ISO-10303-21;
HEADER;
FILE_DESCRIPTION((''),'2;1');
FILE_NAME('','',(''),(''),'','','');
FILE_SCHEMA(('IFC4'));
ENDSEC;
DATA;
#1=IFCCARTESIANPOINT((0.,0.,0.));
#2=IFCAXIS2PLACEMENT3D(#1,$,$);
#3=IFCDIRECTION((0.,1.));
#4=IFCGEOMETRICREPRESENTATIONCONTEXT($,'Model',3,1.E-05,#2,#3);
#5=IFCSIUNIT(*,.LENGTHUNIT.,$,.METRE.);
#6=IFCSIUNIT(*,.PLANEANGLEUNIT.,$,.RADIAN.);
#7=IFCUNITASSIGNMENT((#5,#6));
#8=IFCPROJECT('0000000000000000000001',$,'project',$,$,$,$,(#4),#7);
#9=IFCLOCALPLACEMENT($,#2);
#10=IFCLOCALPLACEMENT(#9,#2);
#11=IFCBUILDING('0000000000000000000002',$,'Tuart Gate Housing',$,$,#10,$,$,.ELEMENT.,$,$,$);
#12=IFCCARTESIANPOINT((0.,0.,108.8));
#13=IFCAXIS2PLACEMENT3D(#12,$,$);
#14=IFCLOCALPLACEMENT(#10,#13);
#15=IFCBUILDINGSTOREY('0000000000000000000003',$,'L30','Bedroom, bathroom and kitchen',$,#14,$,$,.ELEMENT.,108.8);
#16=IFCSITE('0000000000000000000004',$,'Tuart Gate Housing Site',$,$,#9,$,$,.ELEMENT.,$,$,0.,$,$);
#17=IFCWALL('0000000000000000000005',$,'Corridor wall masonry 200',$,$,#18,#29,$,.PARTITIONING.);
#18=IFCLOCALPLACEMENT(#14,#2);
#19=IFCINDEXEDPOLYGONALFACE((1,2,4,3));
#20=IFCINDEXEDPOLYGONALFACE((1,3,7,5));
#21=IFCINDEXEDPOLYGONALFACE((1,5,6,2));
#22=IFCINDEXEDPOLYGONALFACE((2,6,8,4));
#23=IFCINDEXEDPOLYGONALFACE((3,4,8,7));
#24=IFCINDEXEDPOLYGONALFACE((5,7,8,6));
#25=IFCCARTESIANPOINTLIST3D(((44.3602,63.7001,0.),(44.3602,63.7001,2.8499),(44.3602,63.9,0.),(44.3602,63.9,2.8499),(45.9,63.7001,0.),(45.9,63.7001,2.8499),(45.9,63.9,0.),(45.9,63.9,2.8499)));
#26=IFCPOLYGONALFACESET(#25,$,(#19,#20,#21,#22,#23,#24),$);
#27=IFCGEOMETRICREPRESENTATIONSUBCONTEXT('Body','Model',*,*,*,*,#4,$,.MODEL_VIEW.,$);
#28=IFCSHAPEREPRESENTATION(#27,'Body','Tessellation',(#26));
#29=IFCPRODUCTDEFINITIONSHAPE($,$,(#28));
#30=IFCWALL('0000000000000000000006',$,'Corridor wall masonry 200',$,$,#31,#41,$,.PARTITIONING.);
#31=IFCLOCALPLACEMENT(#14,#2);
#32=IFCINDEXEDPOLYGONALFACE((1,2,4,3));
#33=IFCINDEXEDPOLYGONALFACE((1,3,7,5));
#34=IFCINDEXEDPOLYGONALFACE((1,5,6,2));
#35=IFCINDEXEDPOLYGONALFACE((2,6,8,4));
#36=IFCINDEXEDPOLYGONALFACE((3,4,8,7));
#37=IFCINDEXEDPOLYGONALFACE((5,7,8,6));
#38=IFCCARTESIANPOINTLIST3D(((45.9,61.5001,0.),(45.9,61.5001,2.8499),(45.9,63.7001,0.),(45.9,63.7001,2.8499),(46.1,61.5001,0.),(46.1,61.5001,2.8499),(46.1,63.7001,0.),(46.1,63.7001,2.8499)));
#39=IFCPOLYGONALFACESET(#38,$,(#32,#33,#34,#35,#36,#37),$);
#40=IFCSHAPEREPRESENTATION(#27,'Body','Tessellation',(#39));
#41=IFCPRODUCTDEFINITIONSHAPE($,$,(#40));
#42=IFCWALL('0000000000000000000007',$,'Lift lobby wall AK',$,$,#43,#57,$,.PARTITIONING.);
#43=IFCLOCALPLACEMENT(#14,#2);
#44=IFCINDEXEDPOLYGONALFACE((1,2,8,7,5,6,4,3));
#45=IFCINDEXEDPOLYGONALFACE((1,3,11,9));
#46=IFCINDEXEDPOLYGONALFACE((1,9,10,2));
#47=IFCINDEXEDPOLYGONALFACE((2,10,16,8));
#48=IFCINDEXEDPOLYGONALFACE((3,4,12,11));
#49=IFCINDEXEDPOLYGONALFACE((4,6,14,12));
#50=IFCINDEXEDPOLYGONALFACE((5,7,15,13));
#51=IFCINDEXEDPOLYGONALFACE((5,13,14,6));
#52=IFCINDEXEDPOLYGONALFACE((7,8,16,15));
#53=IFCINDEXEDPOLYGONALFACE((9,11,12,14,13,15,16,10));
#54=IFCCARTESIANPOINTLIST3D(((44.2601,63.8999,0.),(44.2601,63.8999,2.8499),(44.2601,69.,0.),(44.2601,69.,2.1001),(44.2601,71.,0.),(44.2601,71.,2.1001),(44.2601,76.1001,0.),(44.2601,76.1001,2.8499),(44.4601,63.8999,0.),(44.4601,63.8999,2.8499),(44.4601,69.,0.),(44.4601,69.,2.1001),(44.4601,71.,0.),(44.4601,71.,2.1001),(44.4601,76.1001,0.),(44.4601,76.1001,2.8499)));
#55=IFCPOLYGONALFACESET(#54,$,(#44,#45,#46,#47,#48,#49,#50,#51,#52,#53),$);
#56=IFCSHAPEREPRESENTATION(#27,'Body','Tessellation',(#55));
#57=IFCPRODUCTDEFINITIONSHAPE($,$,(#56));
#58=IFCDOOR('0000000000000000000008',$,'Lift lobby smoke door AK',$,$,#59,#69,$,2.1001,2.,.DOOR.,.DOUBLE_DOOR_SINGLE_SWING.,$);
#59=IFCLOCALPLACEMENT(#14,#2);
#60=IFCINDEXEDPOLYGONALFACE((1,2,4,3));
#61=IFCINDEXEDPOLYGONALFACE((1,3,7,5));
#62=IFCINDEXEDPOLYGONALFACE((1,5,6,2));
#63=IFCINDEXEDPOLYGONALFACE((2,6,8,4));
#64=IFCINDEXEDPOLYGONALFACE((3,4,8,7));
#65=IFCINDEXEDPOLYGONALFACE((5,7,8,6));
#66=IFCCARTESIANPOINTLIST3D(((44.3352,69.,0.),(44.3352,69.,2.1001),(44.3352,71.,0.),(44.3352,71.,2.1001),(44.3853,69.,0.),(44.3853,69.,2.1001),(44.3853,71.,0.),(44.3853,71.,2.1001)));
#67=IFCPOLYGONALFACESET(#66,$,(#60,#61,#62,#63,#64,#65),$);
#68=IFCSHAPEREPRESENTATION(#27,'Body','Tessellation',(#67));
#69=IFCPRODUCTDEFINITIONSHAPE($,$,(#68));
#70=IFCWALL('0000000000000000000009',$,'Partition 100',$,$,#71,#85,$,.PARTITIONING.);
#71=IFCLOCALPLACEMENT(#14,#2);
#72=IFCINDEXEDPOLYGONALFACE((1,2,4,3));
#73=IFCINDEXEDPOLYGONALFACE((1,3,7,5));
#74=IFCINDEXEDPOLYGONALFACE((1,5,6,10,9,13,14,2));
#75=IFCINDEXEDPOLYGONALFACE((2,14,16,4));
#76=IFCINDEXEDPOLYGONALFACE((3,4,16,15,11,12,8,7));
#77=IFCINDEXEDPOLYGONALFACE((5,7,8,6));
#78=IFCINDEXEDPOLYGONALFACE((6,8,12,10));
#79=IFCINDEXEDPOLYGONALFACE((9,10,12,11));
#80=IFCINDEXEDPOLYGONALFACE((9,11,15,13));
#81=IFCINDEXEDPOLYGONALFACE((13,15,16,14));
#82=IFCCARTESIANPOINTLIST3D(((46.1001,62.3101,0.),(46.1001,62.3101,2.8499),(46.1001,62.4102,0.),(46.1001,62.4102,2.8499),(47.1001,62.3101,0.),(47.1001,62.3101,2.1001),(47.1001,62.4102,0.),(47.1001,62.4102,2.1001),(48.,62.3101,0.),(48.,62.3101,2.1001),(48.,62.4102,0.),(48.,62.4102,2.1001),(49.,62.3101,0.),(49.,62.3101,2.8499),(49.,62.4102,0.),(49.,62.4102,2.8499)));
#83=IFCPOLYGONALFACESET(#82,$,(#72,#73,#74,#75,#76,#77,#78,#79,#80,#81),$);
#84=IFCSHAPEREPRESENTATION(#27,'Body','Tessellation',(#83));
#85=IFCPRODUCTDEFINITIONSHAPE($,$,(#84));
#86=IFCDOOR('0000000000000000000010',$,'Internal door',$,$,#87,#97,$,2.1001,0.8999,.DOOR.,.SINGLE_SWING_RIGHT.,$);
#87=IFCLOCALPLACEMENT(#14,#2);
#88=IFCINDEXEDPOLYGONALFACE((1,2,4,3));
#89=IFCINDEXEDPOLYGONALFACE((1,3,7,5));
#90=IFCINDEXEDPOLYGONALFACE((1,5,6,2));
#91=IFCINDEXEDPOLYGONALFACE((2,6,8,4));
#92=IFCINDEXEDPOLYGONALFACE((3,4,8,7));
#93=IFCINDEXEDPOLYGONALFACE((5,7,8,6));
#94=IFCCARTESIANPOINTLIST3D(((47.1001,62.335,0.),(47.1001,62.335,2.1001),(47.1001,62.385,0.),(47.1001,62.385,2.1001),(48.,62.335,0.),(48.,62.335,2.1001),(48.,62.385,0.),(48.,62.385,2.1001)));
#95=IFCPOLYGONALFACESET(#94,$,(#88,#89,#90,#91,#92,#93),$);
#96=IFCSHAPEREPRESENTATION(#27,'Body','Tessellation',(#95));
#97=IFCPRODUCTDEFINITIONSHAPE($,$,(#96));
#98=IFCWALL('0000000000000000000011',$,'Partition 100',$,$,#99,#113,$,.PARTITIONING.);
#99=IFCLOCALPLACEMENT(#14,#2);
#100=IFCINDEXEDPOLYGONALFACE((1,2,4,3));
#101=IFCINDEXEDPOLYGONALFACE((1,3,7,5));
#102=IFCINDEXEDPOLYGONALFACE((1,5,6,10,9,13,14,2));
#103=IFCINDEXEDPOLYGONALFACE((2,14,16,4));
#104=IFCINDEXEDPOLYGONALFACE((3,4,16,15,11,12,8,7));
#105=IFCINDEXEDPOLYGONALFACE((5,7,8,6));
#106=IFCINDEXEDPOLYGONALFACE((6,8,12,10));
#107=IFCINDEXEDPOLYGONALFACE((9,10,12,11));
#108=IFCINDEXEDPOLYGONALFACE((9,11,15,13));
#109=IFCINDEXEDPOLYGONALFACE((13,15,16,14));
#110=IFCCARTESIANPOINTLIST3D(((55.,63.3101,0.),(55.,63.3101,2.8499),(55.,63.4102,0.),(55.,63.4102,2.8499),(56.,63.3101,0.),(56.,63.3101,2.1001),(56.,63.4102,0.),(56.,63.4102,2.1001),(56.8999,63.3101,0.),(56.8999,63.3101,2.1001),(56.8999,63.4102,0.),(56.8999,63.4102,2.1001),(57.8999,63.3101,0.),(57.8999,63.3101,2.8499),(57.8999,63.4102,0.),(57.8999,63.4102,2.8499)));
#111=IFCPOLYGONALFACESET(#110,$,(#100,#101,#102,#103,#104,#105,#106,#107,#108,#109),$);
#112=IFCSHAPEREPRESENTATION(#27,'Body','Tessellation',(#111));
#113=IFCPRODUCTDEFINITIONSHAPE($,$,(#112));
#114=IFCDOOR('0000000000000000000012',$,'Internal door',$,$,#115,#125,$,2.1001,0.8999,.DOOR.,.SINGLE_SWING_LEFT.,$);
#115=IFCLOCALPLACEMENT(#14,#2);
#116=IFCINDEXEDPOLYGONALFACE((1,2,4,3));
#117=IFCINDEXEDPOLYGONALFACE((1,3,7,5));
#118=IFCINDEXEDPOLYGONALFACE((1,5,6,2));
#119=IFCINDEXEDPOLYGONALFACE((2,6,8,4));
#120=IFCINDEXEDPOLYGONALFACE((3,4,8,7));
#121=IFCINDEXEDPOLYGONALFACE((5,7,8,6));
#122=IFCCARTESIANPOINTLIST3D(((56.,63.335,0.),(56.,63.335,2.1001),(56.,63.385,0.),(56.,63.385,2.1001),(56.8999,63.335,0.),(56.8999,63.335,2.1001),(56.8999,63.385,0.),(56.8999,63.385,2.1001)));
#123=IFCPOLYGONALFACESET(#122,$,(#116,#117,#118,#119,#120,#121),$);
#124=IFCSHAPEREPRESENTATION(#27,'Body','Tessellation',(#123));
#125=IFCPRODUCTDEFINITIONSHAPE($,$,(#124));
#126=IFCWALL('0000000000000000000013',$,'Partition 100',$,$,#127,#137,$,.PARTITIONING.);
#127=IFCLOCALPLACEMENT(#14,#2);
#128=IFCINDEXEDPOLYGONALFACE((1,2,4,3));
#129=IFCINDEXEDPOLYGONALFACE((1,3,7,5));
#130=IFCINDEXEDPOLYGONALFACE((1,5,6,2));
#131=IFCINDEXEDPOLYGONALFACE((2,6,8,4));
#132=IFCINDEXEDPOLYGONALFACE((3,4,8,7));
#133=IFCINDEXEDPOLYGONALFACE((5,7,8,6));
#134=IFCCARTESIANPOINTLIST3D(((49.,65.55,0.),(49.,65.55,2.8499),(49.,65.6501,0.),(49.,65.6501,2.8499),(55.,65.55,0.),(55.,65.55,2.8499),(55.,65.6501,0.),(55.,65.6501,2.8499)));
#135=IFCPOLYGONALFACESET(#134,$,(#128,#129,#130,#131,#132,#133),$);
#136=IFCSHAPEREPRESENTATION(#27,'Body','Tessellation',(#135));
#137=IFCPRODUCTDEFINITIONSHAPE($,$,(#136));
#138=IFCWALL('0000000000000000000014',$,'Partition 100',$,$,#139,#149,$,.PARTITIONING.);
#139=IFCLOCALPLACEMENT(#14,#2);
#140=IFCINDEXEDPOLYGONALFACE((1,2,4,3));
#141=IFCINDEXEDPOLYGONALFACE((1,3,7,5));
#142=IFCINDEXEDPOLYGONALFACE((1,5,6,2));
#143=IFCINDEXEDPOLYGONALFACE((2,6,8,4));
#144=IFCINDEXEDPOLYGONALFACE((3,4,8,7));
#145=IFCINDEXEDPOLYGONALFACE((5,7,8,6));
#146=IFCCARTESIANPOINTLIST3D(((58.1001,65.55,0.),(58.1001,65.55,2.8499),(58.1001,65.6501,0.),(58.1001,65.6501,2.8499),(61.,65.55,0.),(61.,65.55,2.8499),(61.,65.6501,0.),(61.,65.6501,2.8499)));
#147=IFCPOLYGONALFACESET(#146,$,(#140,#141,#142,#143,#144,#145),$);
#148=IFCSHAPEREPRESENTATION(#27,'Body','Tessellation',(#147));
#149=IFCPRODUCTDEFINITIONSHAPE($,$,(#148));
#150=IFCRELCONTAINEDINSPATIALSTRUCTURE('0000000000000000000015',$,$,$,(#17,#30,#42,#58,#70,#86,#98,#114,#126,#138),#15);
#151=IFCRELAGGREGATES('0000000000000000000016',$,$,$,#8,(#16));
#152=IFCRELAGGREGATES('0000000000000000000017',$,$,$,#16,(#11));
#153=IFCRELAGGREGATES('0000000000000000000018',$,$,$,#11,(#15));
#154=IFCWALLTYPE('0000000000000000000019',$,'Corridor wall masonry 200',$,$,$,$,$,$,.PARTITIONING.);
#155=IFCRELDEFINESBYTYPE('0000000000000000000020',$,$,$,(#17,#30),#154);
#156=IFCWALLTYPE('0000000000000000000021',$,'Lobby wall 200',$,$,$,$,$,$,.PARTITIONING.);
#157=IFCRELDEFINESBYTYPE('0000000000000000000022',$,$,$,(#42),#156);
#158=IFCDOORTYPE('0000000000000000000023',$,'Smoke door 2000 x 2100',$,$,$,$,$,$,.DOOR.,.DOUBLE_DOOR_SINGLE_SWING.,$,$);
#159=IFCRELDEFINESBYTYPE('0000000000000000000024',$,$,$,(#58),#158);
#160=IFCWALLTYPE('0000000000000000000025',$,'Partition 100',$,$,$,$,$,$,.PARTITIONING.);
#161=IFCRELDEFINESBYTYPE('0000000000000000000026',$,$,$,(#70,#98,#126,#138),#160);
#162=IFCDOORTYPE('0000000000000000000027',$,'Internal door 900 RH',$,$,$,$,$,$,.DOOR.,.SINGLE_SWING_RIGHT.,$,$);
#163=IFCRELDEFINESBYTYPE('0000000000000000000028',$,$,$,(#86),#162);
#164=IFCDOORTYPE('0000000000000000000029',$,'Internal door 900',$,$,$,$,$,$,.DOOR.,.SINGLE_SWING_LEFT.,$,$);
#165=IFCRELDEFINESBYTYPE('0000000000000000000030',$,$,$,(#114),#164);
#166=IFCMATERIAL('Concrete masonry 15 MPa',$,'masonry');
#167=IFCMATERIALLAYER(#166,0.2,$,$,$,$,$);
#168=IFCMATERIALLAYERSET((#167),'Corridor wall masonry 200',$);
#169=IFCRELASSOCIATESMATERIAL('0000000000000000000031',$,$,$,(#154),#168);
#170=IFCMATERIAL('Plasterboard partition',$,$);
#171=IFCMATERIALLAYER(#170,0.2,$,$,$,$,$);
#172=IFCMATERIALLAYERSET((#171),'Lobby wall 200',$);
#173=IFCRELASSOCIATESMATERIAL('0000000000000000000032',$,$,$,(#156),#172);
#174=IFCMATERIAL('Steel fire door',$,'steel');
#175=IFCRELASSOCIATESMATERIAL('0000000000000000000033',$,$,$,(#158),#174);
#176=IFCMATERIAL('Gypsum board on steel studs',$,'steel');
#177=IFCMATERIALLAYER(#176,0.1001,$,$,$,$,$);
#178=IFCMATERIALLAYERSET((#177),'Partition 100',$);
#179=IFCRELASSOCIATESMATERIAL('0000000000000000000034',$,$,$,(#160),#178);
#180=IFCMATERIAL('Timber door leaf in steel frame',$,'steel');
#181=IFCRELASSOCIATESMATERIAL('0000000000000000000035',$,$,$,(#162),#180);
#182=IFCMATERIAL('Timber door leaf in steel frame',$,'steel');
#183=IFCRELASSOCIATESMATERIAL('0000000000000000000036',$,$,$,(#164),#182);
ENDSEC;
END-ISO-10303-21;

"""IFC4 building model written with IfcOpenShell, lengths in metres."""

from ifc_helpers import new_model, si_unit, direction, frame, frame_2d, origin, place, context, subcontext, project, spatial, rectangle, extrude, material, layer, layer_set, type_object, element, fill, save


model = new_model("IFC4")

# Units and contexts
model_context = context("Model", 3, precision=1e-05, world=origin(), true_north=direction((0.0, 1.0)))
body_context = subcontext(model_context, "Body", "Model", "MODEL_VIEW")
ifc_project = project(units=[si_unit("LENGTHUNIT", "METRE"), si_unit("PLANEANGLEUNIT", "RADIAN")], contexts=[model_context])

# Site, building, storey
site_placement = place(None, origin())
site = spatial("IfcSite", under=ifc_project, at=site_placement, Name="Tuart Gate Housing Site", CompositionType="ELEMENT", RefElevation=0.0)
building_placement = place(site_placement, origin())
building = spatial("IfcBuilding", under=site, at=building_placement, Name="Tuart Gate Housing", CompositionType="ELEMENT")
storey_placement = place(building_placement, frame((0.0, 0.0, 108.8)))
storey = spatial("IfcBuildingStorey", under=building, at=storey_placement, Name="L30", Description="Bedroom, bathroom and kitchen", CompositionType="ELEMENT", Elevation=108.8)

# Walls
ifc_material_1 = material(Name="Concrete masonry 15 MPa", Category="masonry")
ifc_layer_1 = layer(ifc_material_1, 0.2)
ifc_layer_set_1 = layer_set([ifc_layer_1], Name="Corridor wall masonry 200")
wall_type_1 = type_object("IfcWallType", Name="Corridor wall masonry 200", PredefinedType="PARTITIONING", material=ifc_layer_set_1)
wall_1_placement = place(storey_placement, frame((44.3601, 63.8, 0.0), z_axis=(0.0, 0.0, 1.0), x_axis=(1.0, 0.0, 0.0)))
element("IfcWall", 1, at=wall_1_placement, inside=storey, type_object=wall_type_1, Name="Corridor wall masonry 200", PredefinedType="PARTITIONING", context=body_context, shape_type="SweptSolid", body=[
    extrude(rectangle(XDim=1.5398, YDim=0.2, at=frame_2d((0.77, 0.0))), origin(), (0.0, 0.0, 1.0), 2.8499),
])
wall_2_placement = place(storey_placement, frame((46.0, 61.5, 0.0), z_axis=(0.0, 0.0, 1.0), x_axis=(0.0, 1.0, 0.0)))
element("IfcWall", 2, at=wall_2_placement, inside=storey, type_object=wall_type_1, Name="Corridor wall masonry 200", PredefinedType="PARTITIONING", context=body_context, shape_type="SweptSolid", body=[
    extrude(rectangle(XDim=2.2, YDim=0.2, at=frame_2d((1.1001, 0.0))), origin(), (0.0, 0.0, 1.0), 2.8499),
])

# Walls, openings, doors
ifc_material_2 = material(Name="Plasterboard partition")
ifc_layer_2 = layer(ifc_material_2, 0.2)
ifc_layer_set_2 = layer_set([ifc_layer_2], Name="Lobby wall 200")
wall_type_2 = type_object("IfcWallType", Name="Lobby wall 200", PredefinedType="PARTITIONING", material=ifc_layer_set_2)
wall_3_placement = place(storey_placement, frame((44.3601, 63.8999, 0.0), z_axis=(0.0, 0.0, 1.0), x_axis=(0.0, 1.0, 0.0)))
wall_3 = element("IfcWall", 3, at=wall_3_placement, inside=storey, type_object=wall_type_2, Name="Lift lobby wall AK", PredefinedType="PARTITIONING", context=body_context, shape_type="SweptSolid", body=[
    extrude(rectangle(XDim=12.2002, YDim=0.2, at=frame_2d((6.1001, 0.0))), origin(), (0.0, 0.0, 1.0), 2.8499),
])
opening_1_placement = place(wall_3_placement, frame((5.1001, 0.0, 0.0)))
opening_1 = element("IfcOpeningElement", 4, at=opening_1_placement, cuts=wall_3, PredefinedType="OPENING", context=body_context, shape_type="SweptSolid", body=[
    extrude(rectangle(XDim=2.0, YDim=2.1001, at=frame_2d((1.0, 1.05))), frame((0.0, 0.1099, 0.0), z_axis=(0.0, -1.0, 0.0), x_axis=(1.0, 0.0, 0.0)), (0.0, 0.0, 1.0), 0.22),
])
ifc_material_3 = material(Name="Steel fire door", Category="steel")
door_type_1 = type_object("IfcDoorType", Name="Smoke door 2000 x 2100", OperationType="DOUBLE_DOOR_SINGLE_SWING", PredefinedType="DOOR", material=ifc_material_3)
door_1_placement = place(opening_1_placement, origin())
door_1 = element("IfcDoor", 5, at=door_1_placement, inside=storey, type_object=door_type_1, Name="Lift lobby smoke door AK", OperationType="DOUBLE_DOOR_SINGLE_SWING", OverallHeight=2.1001, OverallWidth=2.0, PredefinedType="DOOR", context=body_context, shape_type="SweptSolid", body=[
    extrude(rectangle(XDim=2.0, YDim=2.1001, at=frame_2d((1.0, 1.05))), frame((0.0, 0.0249, 0.0), z_axis=(0.0, -1.0, 0.0), x_axis=(1.0, 0.0, 0.0)), (0.0, 0.0, 1.0), 0.05),
])
fill(opening_1, door_1)
ifc_material_4 = material(Name="Gypsum board on steel studs", Category="steel")
ifc_layer_3 = layer(ifc_material_4, 0.1001)
ifc_layer_set_3 = layer_set([ifc_layer_3], Name="Partition 100")
wall_type_3 = type_object("IfcWallType", Name="Partition 100", PredefinedType="PARTITIONING", material=ifc_layer_set_3)
wall_4_placement = place(storey_placement, frame((46.1001, 62.3601, 0.0), z_axis=(0.0, 0.0, 1.0), x_axis=(1.0, 0.0, 0.0)))
wall_4 = element("IfcWall", 6, at=wall_4_placement, inside=storey, type_object=wall_type_3, Name="Partition 100", PredefinedType="PARTITIONING", context=body_context, shape_type="SweptSolid", body=[
    extrude(rectangle(XDim=2.8999, YDim=0.1001, at=frame_2d((1.45, 0.0))), origin(), (0.0, 0.0, 1.0), 2.8499),
])
opening_2_placement = place(wall_4_placement, frame((1.0, 0.0, 0.0)))
opening_2 = element("IfcOpeningElement", 7, at=opening_2_placement, cuts=wall_4, PredefinedType="OPENING", context=body_context, shape_type="SweptSolid", body=[
    extrude(rectangle(XDim=0.8999, YDim=2.1001, at=frame_2d((0.45, 1.05))), frame((0.0, 0.0601, 0.0), z_axis=(0.0, -1.0, 0.0), x_axis=(1.0, 0.0, 0.0)), (0.0, 0.0, 1.0), 0.1201),
])
ifc_material_5 = material(Name="Timber door leaf in steel frame", Category="steel")
door_type_2 = type_object("IfcDoorType", Name="Internal door 900 RH", OperationType="SINGLE_SWING_RIGHT", PredefinedType="DOOR", material=ifc_material_5)
door_2_placement = place(opening_2_placement, origin())
door_2 = element("IfcDoor", 8, at=door_2_placement, inside=storey, type_object=door_type_2, Name="Internal door", OperationType="SINGLE_SWING_RIGHT", OverallHeight=2.1001, OverallWidth=0.8999, PredefinedType="DOOR", context=body_context, shape_type="SweptSolid", body=[
    extrude(rectangle(XDim=0.8999, YDim=2.1001, at=frame_2d((0.45, 1.05))), frame((0.0, 0.0249, 0.0), z_axis=(0.0, -1.0, 0.0), x_axis=(1.0, 0.0, 0.0)), (0.0, 0.0, 1.0), 0.05),
])
fill(opening_2, door_2)
wall_5_placement = place(storey_placement, frame((55.0, 63.3601, 0.0), z_axis=(0.0, 0.0, 1.0), x_axis=(1.0, 0.0, 0.0)))
wall_5 = element("IfcWall", 9, at=wall_5_placement, inside=storey, type_object=wall_type_3, Name="Partition 100", PredefinedType="PARTITIONING", context=body_context, shape_type="SweptSolid", body=[
    extrude(rectangle(XDim=2.8999, YDim=0.1001, at=frame_2d((1.45, 0.0))), origin(), (0.0, 0.0, 1.0), 2.8499),
])
opening_3_placement = place(wall_5_placement, frame((1.0, 0.0, 0.0)))
opening_3 = element("IfcOpeningElement", 10, at=opening_3_placement, cuts=wall_5, PredefinedType="OPENING", context=body_context, shape_type="SweptSolid", body=[
    extrude(rectangle(XDim=0.8999, YDim=2.1001, at=frame_2d((0.45, 1.05))), frame((0.0, 0.0601, 0.0), z_axis=(0.0, -1.0, 0.0), x_axis=(1.0, 0.0, 0.0)), (0.0, 0.0, 1.0), 0.1201),
])
ifc_material_6 = material(Name="Timber door leaf in steel frame", Category="steel")
door_type_3 = type_object("IfcDoorType", Name="Internal door 900", OperationType="SINGLE_SWING_LEFT", PredefinedType="DOOR", material=ifc_material_6)
door_3_placement = place(opening_3_placement, origin())
door_3 = element("IfcDoor", 11, at=door_3_placement, inside=storey, type_object=door_type_3, Name="Internal door", OperationType="SINGLE_SWING_LEFT", OverallHeight=2.1001, OverallWidth=0.8999, PredefinedType="DOOR", context=body_context, shape_type="SweptSolid", body=[
    extrude(rectangle(XDim=0.8999, YDim=2.1001, at=frame_2d((0.45, 1.05))), frame((0.0, 0.0249, 0.0), z_axis=(0.0, -1.0, 0.0), x_axis=(1.0, 0.0, 0.0)), (0.0, 0.0, 1.0), 0.05),
])
fill(opening_3, door_3)

# Walls
wall_6_placement = place(storey_placement, frame((49.0, 65.6001, 0.0), z_axis=(0.0, 0.0, 1.0), x_axis=(1.0, 0.0, 0.0)))
element("IfcWall", 12, at=wall_6_placement, inside=storey, type_object=wall_type_3, Name="Partition 100", PredefinedType="PARTITIONING", context=body_context, shape_type="SweptSolid", body=[
    extrude(rectangle(XDim=6.0, YDim=0.1001, at=frame_2d((3.0, 0.0))), origin(), (0.0, 0.0, 1.0), 2.8499),
])
wall_7_placement = place(storey_placement, frame((58.1001, 65.6001, 0.0), z_axis=(0.0, 0.0, 1.0), x_axis=(1.0, 0.0, 0.0)))
element("IfcWall", 13, at=wall_7_placement, inside=storey, type_object=wall_type_3, Name="Partition 100", PredefinedType="PARTITIONING", context=body_context, shape_type="SweptSolid", body=[
    extrude(rectangle(XDim=2.8999, YDim=0.1001, at=frame_2d((1.45, 0.0))), origin(), (0.0, 0.0, 1.0), 2.8499),
])

save(model, "model.ifc")
